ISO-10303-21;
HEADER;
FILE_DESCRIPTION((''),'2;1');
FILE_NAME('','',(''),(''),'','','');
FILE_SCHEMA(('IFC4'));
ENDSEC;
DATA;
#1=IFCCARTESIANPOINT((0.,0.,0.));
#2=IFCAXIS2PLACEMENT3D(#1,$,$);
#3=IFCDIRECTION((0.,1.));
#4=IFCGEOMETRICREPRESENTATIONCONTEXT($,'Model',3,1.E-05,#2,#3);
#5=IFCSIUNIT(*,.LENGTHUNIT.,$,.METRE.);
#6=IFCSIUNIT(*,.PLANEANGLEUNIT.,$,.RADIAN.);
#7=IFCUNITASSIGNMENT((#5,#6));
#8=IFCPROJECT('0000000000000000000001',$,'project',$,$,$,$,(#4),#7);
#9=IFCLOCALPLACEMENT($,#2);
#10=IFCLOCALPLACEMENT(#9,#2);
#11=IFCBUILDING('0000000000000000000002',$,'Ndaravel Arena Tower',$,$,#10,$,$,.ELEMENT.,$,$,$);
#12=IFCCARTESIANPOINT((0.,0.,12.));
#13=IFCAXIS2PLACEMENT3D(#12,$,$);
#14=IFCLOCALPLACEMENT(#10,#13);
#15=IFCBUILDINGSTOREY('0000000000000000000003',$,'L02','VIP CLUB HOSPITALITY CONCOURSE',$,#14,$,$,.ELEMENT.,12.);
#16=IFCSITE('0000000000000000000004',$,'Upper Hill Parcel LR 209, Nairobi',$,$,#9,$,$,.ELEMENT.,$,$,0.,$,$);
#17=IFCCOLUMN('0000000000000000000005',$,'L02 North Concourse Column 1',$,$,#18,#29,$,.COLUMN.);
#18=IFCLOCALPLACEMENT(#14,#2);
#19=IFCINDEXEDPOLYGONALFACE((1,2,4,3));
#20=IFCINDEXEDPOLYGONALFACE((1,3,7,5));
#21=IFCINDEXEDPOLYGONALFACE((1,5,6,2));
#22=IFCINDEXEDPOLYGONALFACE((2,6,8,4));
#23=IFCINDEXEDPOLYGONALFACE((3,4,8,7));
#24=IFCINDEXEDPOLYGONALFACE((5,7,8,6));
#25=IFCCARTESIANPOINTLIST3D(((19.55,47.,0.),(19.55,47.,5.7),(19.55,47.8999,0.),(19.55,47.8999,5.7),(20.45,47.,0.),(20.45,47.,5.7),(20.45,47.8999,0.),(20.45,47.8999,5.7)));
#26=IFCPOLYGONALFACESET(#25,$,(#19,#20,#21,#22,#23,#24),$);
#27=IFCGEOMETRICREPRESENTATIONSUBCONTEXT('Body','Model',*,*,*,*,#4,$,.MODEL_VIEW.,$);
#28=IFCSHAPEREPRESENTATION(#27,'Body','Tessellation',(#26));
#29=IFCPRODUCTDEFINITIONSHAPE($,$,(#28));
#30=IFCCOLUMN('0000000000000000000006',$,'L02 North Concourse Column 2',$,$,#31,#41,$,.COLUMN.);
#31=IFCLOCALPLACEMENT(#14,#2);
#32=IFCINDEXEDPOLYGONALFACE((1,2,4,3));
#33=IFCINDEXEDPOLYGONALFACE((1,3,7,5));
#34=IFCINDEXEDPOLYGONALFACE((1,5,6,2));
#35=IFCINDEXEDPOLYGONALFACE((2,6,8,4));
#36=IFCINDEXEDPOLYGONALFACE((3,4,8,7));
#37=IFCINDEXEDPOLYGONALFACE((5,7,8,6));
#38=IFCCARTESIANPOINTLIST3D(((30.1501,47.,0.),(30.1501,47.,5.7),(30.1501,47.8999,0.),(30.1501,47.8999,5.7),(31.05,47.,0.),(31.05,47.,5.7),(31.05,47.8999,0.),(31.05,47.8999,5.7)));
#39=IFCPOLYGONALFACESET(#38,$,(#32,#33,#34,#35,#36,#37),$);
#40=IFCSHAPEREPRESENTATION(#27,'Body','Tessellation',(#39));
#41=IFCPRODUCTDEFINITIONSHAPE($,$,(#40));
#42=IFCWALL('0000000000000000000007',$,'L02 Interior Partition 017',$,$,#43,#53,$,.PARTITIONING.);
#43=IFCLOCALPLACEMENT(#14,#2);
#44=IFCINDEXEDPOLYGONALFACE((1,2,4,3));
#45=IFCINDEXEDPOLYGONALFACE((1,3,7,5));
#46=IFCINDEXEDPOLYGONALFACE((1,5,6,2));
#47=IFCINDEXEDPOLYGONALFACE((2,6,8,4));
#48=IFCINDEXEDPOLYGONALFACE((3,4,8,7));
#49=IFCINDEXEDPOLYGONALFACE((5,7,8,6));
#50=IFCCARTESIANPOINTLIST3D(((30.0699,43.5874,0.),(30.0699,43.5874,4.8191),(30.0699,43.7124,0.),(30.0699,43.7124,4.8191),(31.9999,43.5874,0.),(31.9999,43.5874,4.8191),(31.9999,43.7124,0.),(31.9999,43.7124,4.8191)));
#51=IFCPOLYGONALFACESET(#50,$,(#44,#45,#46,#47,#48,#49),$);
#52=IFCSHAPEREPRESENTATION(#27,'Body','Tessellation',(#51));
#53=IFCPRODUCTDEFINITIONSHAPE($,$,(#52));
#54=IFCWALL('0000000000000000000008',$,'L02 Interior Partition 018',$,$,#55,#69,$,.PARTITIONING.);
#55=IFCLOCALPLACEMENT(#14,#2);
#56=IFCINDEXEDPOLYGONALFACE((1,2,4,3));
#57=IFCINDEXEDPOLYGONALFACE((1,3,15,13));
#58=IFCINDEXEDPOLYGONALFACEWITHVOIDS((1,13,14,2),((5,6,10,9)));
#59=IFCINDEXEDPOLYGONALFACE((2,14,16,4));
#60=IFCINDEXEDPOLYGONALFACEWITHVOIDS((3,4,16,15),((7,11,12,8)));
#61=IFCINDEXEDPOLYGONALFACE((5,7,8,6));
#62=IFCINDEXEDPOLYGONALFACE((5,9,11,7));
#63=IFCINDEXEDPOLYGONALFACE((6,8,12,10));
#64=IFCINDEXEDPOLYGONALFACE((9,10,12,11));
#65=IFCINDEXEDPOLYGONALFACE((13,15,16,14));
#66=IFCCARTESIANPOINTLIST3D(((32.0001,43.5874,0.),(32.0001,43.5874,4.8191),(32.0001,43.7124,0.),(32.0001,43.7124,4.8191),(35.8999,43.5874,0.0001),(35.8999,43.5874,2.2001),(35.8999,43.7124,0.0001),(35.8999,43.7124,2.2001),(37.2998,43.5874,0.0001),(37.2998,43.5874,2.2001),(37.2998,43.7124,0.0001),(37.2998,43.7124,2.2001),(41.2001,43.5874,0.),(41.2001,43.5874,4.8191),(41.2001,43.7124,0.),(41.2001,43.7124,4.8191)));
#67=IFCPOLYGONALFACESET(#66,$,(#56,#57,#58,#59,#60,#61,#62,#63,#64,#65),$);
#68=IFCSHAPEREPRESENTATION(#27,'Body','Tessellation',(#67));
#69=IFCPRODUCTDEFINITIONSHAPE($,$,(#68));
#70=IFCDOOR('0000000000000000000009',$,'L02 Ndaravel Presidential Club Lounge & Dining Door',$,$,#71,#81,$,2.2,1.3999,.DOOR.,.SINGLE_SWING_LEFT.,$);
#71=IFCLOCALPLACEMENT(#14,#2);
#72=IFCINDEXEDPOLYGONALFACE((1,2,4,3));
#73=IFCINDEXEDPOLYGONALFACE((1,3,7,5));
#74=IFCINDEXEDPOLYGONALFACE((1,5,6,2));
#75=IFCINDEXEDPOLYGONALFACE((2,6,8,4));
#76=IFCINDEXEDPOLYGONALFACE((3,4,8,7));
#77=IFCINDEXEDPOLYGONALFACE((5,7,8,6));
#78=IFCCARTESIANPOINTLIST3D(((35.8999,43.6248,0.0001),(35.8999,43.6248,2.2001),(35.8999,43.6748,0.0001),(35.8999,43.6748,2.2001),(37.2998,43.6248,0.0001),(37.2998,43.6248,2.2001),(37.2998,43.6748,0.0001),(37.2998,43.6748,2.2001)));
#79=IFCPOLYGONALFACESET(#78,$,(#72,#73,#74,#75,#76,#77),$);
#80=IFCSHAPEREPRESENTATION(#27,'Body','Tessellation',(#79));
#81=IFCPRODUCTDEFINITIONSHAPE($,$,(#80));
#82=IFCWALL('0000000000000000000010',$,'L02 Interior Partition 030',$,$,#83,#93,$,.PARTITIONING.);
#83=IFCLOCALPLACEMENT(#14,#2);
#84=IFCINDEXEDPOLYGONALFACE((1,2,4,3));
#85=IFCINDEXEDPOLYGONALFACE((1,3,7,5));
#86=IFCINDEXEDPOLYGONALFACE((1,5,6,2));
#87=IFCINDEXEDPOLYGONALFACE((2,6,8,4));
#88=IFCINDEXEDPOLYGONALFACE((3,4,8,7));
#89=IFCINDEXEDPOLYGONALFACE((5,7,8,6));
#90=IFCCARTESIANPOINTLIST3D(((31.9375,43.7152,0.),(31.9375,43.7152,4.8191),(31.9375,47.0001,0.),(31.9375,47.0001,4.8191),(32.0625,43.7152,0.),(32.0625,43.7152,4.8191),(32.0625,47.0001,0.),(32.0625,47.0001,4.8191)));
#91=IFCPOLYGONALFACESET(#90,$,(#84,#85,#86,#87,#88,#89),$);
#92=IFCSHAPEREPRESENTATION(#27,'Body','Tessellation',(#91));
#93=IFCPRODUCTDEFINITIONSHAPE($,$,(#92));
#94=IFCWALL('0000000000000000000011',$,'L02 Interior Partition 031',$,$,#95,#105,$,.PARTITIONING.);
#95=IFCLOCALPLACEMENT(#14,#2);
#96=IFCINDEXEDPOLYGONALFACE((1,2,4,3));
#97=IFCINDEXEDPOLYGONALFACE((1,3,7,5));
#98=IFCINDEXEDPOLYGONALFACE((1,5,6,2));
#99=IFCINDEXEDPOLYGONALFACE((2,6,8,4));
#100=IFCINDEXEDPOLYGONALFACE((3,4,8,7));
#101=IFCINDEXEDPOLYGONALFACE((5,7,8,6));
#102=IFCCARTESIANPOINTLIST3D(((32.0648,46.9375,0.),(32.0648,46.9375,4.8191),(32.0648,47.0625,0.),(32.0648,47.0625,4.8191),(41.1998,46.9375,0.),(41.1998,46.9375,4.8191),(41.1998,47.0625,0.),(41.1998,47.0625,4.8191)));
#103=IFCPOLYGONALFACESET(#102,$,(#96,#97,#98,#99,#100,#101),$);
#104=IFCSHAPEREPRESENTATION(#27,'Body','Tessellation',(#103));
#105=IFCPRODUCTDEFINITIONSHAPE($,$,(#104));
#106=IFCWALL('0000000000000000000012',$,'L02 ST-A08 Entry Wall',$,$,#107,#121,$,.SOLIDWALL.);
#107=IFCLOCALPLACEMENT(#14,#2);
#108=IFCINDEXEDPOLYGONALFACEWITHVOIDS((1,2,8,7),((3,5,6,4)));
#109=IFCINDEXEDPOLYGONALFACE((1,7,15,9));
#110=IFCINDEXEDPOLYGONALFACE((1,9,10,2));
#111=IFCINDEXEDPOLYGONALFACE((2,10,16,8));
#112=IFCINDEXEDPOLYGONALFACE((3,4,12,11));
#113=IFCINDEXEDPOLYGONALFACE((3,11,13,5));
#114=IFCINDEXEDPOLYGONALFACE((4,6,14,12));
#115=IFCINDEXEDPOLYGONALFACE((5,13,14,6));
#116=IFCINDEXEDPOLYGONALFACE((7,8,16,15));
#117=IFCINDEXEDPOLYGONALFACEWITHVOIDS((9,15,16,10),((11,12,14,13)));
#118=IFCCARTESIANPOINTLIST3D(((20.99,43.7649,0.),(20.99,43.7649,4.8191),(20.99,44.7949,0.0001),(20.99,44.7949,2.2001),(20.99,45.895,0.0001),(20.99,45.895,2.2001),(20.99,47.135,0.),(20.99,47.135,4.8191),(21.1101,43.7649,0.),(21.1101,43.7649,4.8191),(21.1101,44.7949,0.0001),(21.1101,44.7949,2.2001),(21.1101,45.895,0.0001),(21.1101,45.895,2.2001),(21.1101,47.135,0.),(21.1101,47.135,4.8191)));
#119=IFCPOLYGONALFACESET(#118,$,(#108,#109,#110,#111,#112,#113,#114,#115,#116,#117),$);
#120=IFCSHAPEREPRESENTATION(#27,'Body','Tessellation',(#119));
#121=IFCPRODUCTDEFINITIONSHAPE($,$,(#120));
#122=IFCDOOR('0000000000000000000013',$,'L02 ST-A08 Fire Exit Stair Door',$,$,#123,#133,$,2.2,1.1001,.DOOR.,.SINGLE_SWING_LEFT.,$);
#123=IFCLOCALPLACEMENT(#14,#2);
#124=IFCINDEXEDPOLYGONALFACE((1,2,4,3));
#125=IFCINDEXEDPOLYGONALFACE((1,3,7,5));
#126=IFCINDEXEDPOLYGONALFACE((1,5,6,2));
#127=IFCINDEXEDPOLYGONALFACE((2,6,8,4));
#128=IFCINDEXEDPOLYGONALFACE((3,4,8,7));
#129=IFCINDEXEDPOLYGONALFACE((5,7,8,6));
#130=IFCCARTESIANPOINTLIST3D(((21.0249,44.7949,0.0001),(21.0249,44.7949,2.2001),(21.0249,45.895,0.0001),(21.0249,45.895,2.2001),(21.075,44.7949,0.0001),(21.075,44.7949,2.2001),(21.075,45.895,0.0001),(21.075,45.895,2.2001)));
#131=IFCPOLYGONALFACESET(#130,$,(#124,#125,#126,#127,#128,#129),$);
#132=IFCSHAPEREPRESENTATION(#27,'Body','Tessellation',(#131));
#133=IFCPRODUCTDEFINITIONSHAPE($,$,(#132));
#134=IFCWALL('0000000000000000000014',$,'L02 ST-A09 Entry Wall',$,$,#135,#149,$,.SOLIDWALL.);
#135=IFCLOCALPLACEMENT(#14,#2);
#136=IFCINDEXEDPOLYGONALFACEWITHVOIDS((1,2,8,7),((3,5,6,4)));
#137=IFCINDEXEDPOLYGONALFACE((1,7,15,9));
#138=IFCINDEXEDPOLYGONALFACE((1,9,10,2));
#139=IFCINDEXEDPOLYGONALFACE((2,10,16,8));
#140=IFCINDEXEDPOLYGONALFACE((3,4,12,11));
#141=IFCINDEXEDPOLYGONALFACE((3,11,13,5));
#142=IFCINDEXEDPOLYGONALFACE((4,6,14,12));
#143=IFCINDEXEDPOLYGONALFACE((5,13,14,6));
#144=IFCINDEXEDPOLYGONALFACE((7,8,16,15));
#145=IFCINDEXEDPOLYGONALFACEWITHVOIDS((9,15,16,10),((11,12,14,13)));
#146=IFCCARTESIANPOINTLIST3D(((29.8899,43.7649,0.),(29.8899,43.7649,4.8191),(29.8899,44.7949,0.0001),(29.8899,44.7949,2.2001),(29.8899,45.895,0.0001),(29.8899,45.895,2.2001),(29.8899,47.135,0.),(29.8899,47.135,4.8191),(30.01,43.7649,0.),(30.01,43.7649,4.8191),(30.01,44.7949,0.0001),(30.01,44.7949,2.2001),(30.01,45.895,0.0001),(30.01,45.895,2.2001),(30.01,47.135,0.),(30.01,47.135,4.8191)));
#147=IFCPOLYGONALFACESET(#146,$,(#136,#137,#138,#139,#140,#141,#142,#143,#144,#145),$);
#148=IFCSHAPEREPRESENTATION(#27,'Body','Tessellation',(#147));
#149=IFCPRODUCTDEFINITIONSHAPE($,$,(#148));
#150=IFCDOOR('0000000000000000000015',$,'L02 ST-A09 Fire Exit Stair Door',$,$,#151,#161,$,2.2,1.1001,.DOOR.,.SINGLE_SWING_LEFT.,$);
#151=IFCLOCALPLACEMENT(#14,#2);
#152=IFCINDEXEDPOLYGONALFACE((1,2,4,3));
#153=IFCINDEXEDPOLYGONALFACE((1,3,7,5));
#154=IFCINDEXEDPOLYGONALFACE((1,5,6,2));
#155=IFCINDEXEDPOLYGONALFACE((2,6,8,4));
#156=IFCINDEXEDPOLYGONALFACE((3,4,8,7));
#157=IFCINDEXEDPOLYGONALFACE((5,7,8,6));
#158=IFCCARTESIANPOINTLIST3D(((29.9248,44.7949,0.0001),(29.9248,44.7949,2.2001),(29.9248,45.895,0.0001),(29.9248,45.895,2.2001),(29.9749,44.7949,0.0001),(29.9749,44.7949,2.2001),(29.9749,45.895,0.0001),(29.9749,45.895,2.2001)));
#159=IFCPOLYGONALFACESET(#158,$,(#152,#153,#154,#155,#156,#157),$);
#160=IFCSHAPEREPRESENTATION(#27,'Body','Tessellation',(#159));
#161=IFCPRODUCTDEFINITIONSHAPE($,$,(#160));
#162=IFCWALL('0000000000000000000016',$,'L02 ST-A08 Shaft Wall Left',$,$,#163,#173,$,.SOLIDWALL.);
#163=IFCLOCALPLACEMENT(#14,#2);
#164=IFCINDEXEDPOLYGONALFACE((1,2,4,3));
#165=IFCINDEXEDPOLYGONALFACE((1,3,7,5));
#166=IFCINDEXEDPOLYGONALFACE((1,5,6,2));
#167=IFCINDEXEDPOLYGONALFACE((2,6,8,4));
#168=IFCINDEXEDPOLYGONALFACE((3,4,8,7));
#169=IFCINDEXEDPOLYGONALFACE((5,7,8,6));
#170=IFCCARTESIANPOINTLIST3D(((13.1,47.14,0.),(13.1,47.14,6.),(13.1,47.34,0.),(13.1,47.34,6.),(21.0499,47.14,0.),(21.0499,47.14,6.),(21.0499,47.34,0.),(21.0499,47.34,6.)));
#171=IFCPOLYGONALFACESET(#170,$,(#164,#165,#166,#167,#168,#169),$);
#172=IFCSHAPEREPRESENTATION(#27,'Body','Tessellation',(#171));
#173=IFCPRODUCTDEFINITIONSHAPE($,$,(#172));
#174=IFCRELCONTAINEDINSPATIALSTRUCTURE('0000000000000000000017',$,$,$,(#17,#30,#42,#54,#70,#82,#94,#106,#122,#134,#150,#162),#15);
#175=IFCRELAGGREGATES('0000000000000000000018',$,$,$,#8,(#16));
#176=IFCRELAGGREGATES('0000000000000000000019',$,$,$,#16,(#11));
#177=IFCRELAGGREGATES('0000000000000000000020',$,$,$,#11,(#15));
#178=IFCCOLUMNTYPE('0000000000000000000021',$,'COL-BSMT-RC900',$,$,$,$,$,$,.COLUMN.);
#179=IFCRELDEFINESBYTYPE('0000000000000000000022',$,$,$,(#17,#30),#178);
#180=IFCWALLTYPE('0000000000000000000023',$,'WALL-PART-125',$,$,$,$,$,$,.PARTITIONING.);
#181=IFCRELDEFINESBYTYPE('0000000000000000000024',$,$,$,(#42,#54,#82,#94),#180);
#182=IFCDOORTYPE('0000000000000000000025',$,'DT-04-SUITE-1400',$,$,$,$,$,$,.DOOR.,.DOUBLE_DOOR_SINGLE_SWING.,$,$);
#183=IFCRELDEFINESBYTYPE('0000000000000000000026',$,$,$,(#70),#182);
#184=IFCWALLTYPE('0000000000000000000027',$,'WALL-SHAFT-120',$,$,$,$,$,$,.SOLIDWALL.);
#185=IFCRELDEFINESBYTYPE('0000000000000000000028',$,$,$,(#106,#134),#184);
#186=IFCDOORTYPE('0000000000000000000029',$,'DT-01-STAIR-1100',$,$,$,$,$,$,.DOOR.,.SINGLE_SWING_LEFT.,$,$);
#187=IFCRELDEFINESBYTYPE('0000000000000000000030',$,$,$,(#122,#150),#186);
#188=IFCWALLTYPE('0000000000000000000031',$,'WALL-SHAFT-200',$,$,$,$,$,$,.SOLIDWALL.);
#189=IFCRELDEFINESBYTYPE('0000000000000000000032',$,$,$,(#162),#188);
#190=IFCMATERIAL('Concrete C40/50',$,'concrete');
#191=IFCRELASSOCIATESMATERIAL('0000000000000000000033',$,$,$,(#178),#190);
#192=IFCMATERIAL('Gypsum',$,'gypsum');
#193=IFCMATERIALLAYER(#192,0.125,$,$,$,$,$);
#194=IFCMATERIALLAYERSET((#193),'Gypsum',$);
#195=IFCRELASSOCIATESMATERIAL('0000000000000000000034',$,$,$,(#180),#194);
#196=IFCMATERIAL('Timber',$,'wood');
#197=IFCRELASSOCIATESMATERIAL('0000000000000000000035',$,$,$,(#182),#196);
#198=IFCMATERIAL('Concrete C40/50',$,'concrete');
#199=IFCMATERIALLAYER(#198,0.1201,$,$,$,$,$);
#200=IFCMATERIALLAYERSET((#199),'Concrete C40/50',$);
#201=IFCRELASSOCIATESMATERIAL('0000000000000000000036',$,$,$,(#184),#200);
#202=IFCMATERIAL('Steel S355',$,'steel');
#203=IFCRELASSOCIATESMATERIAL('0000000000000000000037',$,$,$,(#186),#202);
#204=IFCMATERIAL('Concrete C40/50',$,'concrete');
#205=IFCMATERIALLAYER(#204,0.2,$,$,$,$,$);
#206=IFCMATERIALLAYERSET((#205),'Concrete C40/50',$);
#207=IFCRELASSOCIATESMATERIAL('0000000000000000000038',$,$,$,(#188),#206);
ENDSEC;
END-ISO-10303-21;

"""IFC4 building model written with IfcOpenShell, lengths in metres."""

from ifc_helpers import new_model, si_unit, direction, frame, frame_2d, origin, origin_2d, place, context, subcontext, project, spatial, rectangle, extrude, material, layer, layer_set, material_profile, profile_set, type_object, element, fill, save


model = new_model("IFC4")

# Units and contexts
model_context = context("Model", 3, precision=1e-05, world=origin(), true_north=direction((0.0, 1.0)))
body_context = subcontext(model_context, "Body", "Model", "MODEL_VIEW")
ifc_project = project(units=[si_unit("LENGTHUNIT", "METRE"), si_unit("PLANEANGLEUNIT", "RADIAN")], contexts=[model_context])

# Site, building, storey
site_placement = place(None, origin())
site = spatial("IfcSite", under=ifc_project, at=site_placement, Name="Upper Hill Parcel LR 209, Nairobi", CompositionType="ELEMENT", RefElevation=0.0)
building_placement = place(site_placement, origin())
building = spatial("IfcBuilding", under=site, at=building_placement, Name="Ndaravel Arena Tower", CompositionType="ELEMENT")
storey_placement = place(building_placement, frame((0.0, 0.0, 12.0)))
storey = spatial("IfcBuildingStorey", under=building, at=storey_placement, Name="L02", Description="VIP CLUB HOSPITALITY CONCOURSE", CompositionType="ELEMENT", Elevation=12.0)

# Columns
ifc_material_1 = material(Name="Concrete C40/50", Category="concrete")
ifc_material_profile = material_profile(ifc_material_1, rectangle(XDim=0.8999, YDim=0.8999, at=origin_2d()), Name="RC 900x900")
ifc_profile_set = profile_set([ifc_material_profile], Name="Concrete C40/50")
column_type = type_object("IfcColumnType", Name="COL-BSMT-RC900", PredefinedType="COLUMN", material=ifc_profile_set)
for number, where, z_axis, x_axis, name in (
    (1, (20.0, 47.45, 0.0), (0.0, 0.0, 1.0), (1.0, 0.0, 0.0), "L02 North Concourse Column 1"),
    (2, (30.6001, 47.45, 0.0), (0.0, 0.0, 1.0), (1.0, 0.0, 0.0), "L02 North Concourse Column 2"),
):
    element("IfcColumn", number, at=place(storey_placement, frame(where, z_axis=z_axis, x_axis=x_axis)), inside=storey, type_object=column_type, Name=name, PredefinedType="COLUMN", context=body_context, shape_type="SweptSolid", body=[
        extrude(rectangle(XDim=0.8999, YDim=0.8999, at=origin_2d()), origin(), (0.0, 0.0, 1.0), 5.7),
    ])

# Wall
ifc_material_2 = material(Name="Gypsum", Category="gypsum")
ifc_layer_1 = layer(ifc_material_2, 0.125)
ifc_layer_set_1 = layer_set([ifc_layer_1], Name="Gypsum")
wall_type_1 = type_object("IfcWallType", Name="WALL-PART-125", PredefinedType="PARTITIONING", material=ifc_layer_set_1)
wall_1_placement = place(storey_placement, frame((30.0701, 43.6499, 0.0), z_axis=(0.0, 0.0, 1.0), x_axis=(1.0, 0.0, 0.0)))
element("IfcWall", 3, at=wall_1_placement, inside=storey, type_object=wall_type_1, Name="L02 Interior Partition 017", PredefinedType="PARTITIONING", context=body_context, shape_type="SweptSolid", body=[
    extrude(rectangle(XDim=1.9299, YDim=0.125, at=frame_2d((0.9648, 0.0))), origin(), (0.0, 0.0, 1.0), 4.8191),
])

# Wall, opening, door
wall_2_placement = place(storey_placement, frame((32.0, 43.6499, 0.0), z_axis=(0.0, 0.0, 1.0), x_axis=(1.0, 0.0, 0.0)))
wall_2 = element("IfcWall", 4, at=wall_2_placement, inside=storey, type_object=wall_type_1, Name="L02 Interior Partition 018", PredefinedType="PARTITIONING", context=body_context, shape_type="SweptSolid", body=[
    extrude(rectangle(XDim=9.2, YDim=0.125, at=frame_2d((4.6001, 0.0))), origin(), (0.0, 0.0, 1.0), 4.8191),
])
opening_1_placement = place(wall_2_placement, frame((3.8999, 0.0, 0.0)))
opening_1 = element("IfcOpeningElement", 5, at=opening_1_placement, cuts=wall_2, PredefinedType="OPENING", context=body_context, shape_type="SweptSolid", body=[
    extrude(rectangle(XDim=1.3999, YDim=2.2, at=frame_2d((0.7, 1.1001))), frame((0.0, 0.0625, 0.0), z_axis=(0.0, -1.0, 0.0), x_axis=(1.0, 0.0, 0.0)), (0.0, 0.0, 1.0), 0.125),
])
ifc_material_3 = material(Name="Timber", Category="wood")
door_type_1 = type_object("IfcDoorType", Name="DT-04-SUITE-1400", OperationType="DOUBLE_DOOR_SINGLE_SWING", PredefinedType="DOOR", material=ifc_material_3)
door_1_placement = place(opening_1_placement, origin())
door_1 = element("IfcDoor", 6, at=door_1_placement, inside=storey, type_object=door_type_1, Name="L02 Ndaravel Presidential Club Lounge & Dining Door", OperationType="SINGLE_SWING_LEFT", OverallHeight=2.2, OverallWidth=1.3999, PredefinedType="DOOR", context=body_context, shape_type="SweptSolid", body=[
    extrude(rectangle(XDim=1.3999, YDim=2.2, at=frame_2d((0.7, 1.1001))), frame((0.0, 0.0249, 0.0), z_axis=(0.0, -1.0, 0.0), x_axis=(1.0, 0.0, 0.0)), (0.0, 0.0, 1.0), 0.05),
])
fill(opening_1, door_1)

# Walls
wall_3_placement = place(storey_placement, frame((32.0, 43.7151, 0.0), z_axis=(0.0, 0.0, 1.0), x_axis=(0.0, 1.0, 0.0)))
element("IfcWall", 7, at=wall_3_placement, inside=storey, type_object=wall_type_1, Name="L02 Interior Partition 030", PredefinedType="PARTITIONING", context=body_context, shape_type="SweptSolid", body=[
    extrude(rectangle(XDim=3.2849, YDim=0.125, at=frame_2d((1.6426, 0.0))), origin(), (0.0, 0.0, 1.0), 4.8191),
])
wall_4_placement = place(storey_placement, frame((32.0649, 47.0, 0.0), z_axis=(0.0, 0.0, 1.0), x_axis=(1.0, 0.0, 0.0)))
element("IfcWall", 8, at=wall_4_placement, inside=storey, type_object=wall_type_1, Name="L02 Interior Partition 031", PredefinedType="PARTITIONING", context=body_context, shape_type="SweptSolid", body=[
    extrude(rectangle(XDim=9.135, YDim=0.125, at=frame_2d((4.5674, 0.0))), origin(), (0.0, 0.0, 1.0), 4.8191),
])

# Walls, openings, doors
ifc_material_4 = material(Name="Concrete C40/50", Category="concrete")
ifc_layer_2 = layer(ifc_material_4, 0.1201)
ifc_layer_set_2 = layer_set([ifc_layer_2], Name="Concrete C40/50")
wall_type_2 = type_object("IfcWallType", Name="WALL-SHAFT-120", PredefinedType="SOLIDWALL", material=ifc_layer_set_2)
wall_5_placement = place(storey_placement, frame((21.05, 47.135, 0.0), z_axis=(0.0, 0.0, 1.0), x_axis=(0.0, -1.0, 0.0)))
wall_5 = element("IfcWall", 9, at=wall_5_placement, inside=storey, type_object=wall_type_2, Name="L02 ST-A08 Entry Wall", PredefinedType="SOLIDWALL", context=body_context, shape_type="SweptSolid", body=[
    extrude(rectangle(XDim=3.3701, YDim=0.1201, at=frame_2d((1.6851, 0.0))), origin(), (0.0, 0.0, 1.0), 4.8191),
])
opening_2_placement = place(wall_5_placement, frame((1.24, 0.0, 0.0)))
opening_2 = element("IfcOpeningElement", 10, at=opening_2_placement, cuts=wall_5, PredefinedType="OPENING", context=body_context, shape_type="SweptSolid", body=[
    extrude(rectangle(XDim=1.1001, YDim=2.2, at=frame_2d((0.55, 1.1001))), frame((0.0, 0.0601, 0.0), z_axis=(0.0, -1.0, 0.0), x_axis=(1.0, 0.0, 0.0)), (0.0, 0.0, 1.0), 0.1201),
])
ifc_material_5 = material(Name="Steel S355", Category="steel")
door_type_2 = type_object("IfcDoorType", Name="DT-01-STAIR-1100", OperationType="SINGLE_SWING_LEFT", PredefinedType="DOOR", material=ifc_material_5)
door_2_placement = place(opening_2_placement, origin())
door_2 = element("IfcDoor", 11, at=door_2_placement, inside=storey, type_object=door_type_2, Name="L02 ST-A08 Fire Exit Stair Door", OperationType="SINGLE_SWING_LEFT", OverallHeight=2.2, OverallWidth=1.1001, PredefinedType="DOOR", context=body_context, shape_type="SweptSolid", body=[
    extrude(rectangle(XDim=1.1001, YDim=2.2, at=frame_2d((0.55, 1.1001))), frame((0.0, 0.0249, 0.0), z_axis=(0.0, -1.0, 0.0), x_axis=(1.0, 0.0, 0.0)), (0.0, 0.0, 1.0), 0.05),
])
fill(opening_2, door_2)
wall_6_placement = place(storey_placement, frame((29.95, 47.135, 0.0), z_axis=(0.0, 0.0, 1.0), x_axis=(0.0, -1.0, 0.0)))
wall_6 = element("IfcWall", 12, at=wall_6_placement, inside=storey, type_object=wall_type_2, Name="L02 ST-A09 Entry Wall", PredefinedType="SOLIDWALL", context=body_context, shape_type="SweptSolid", body=[
    extrude(rectangle(XDim=3.3701, YDim=0.1201, at=frame_2d((1.6851, 0.0))), origin(), (0.0, 0.0, 1.0), 4.8191),
])
opening_3_placement = place(wall_6_placement, frame((1.24, 0.0, 0.0)))
opening_3 = element("IfcOpeningElement", 13, at=opening_3_placement, cuts=wall_6, PredefinedType="OPENING", context=body_context, shape_type="SweptSolid", body=[
    extrude(rectangle(XDim=1.1001, YDim=2.2, at=frame_2d((0.55, 1.1001))), frame((0.0, 0.0601, 0.0), z_axis=(0.0, -1.0, 0.0), x_axis=(1.0, 0.0, 0.0)), (0.0, 0.0, 1.0), 0.1201),
])
door_3_placement = place(opening_3_placement, origin())
door_3 = element("IfcDoor", 14, at=door_3_placement, inside=storey, type_object=door_type_2, Name="L02 ST-A09 Fire Exit Stair Door", OperationType="SINGLE_SWING_LEFT", OverallHeight=2.2, OverallWidth=1.1001, PredefinedType="DOOR", context=body_context, shape_type="SweptSolid", body=[
    extrude(rectangle(XDim=1.1001, YDim=2.2, at=frame_2d((0.55, 1.1001))), frame((0.0, 0.0249, 0.0), z_axis=(0.0, -1.0, 0.0), x_axis=(1.0, 0.0, 0.0)), (0.0, 0.0, 1.0), 0.05),
])
fill(opening_3, door_3)

# Wall
ifc_material_6 = material(Name="Concrete C40/50", Category="concrete")
ifc_layer_3 = layer(ifc_material_6, 0.2)
ifc_layer_set_3 = layer_set([ifc_layer_3], Name="Concrete C40/50")
wall_type_3 = type_object("IfcWallType", Name="WALL-SHAFT-200", PredefinedType="SOLIDWALL", material=ifc_layer_set_3)
for number, where, z_axis, x_axis, name in (
    (15, (21.05, 47.24, 0.0), (0.0, 0.0, 1.0), (-1.0, 0.0, 0.0), "L02 ST-A08 Shaft Wall Left"),
):
    element("IfcWall", number, at=place(storey_placement, frame(where, z_axis=z_axis, x_axis=x_axis)), inside=storey, type_object=wall_type_3, Name=name, PredefinedType="SOLIDWALL", context=body_context, shape_type="SweptSolid", body=[
        extrude(rectangle(XDim=7.95, YDim=0.2, at=frame_2d((3.9751, 0.0))), origin(), (0.0, 0.0, 1.0), 6.0),
    ])

save(model, "model.ifc")
